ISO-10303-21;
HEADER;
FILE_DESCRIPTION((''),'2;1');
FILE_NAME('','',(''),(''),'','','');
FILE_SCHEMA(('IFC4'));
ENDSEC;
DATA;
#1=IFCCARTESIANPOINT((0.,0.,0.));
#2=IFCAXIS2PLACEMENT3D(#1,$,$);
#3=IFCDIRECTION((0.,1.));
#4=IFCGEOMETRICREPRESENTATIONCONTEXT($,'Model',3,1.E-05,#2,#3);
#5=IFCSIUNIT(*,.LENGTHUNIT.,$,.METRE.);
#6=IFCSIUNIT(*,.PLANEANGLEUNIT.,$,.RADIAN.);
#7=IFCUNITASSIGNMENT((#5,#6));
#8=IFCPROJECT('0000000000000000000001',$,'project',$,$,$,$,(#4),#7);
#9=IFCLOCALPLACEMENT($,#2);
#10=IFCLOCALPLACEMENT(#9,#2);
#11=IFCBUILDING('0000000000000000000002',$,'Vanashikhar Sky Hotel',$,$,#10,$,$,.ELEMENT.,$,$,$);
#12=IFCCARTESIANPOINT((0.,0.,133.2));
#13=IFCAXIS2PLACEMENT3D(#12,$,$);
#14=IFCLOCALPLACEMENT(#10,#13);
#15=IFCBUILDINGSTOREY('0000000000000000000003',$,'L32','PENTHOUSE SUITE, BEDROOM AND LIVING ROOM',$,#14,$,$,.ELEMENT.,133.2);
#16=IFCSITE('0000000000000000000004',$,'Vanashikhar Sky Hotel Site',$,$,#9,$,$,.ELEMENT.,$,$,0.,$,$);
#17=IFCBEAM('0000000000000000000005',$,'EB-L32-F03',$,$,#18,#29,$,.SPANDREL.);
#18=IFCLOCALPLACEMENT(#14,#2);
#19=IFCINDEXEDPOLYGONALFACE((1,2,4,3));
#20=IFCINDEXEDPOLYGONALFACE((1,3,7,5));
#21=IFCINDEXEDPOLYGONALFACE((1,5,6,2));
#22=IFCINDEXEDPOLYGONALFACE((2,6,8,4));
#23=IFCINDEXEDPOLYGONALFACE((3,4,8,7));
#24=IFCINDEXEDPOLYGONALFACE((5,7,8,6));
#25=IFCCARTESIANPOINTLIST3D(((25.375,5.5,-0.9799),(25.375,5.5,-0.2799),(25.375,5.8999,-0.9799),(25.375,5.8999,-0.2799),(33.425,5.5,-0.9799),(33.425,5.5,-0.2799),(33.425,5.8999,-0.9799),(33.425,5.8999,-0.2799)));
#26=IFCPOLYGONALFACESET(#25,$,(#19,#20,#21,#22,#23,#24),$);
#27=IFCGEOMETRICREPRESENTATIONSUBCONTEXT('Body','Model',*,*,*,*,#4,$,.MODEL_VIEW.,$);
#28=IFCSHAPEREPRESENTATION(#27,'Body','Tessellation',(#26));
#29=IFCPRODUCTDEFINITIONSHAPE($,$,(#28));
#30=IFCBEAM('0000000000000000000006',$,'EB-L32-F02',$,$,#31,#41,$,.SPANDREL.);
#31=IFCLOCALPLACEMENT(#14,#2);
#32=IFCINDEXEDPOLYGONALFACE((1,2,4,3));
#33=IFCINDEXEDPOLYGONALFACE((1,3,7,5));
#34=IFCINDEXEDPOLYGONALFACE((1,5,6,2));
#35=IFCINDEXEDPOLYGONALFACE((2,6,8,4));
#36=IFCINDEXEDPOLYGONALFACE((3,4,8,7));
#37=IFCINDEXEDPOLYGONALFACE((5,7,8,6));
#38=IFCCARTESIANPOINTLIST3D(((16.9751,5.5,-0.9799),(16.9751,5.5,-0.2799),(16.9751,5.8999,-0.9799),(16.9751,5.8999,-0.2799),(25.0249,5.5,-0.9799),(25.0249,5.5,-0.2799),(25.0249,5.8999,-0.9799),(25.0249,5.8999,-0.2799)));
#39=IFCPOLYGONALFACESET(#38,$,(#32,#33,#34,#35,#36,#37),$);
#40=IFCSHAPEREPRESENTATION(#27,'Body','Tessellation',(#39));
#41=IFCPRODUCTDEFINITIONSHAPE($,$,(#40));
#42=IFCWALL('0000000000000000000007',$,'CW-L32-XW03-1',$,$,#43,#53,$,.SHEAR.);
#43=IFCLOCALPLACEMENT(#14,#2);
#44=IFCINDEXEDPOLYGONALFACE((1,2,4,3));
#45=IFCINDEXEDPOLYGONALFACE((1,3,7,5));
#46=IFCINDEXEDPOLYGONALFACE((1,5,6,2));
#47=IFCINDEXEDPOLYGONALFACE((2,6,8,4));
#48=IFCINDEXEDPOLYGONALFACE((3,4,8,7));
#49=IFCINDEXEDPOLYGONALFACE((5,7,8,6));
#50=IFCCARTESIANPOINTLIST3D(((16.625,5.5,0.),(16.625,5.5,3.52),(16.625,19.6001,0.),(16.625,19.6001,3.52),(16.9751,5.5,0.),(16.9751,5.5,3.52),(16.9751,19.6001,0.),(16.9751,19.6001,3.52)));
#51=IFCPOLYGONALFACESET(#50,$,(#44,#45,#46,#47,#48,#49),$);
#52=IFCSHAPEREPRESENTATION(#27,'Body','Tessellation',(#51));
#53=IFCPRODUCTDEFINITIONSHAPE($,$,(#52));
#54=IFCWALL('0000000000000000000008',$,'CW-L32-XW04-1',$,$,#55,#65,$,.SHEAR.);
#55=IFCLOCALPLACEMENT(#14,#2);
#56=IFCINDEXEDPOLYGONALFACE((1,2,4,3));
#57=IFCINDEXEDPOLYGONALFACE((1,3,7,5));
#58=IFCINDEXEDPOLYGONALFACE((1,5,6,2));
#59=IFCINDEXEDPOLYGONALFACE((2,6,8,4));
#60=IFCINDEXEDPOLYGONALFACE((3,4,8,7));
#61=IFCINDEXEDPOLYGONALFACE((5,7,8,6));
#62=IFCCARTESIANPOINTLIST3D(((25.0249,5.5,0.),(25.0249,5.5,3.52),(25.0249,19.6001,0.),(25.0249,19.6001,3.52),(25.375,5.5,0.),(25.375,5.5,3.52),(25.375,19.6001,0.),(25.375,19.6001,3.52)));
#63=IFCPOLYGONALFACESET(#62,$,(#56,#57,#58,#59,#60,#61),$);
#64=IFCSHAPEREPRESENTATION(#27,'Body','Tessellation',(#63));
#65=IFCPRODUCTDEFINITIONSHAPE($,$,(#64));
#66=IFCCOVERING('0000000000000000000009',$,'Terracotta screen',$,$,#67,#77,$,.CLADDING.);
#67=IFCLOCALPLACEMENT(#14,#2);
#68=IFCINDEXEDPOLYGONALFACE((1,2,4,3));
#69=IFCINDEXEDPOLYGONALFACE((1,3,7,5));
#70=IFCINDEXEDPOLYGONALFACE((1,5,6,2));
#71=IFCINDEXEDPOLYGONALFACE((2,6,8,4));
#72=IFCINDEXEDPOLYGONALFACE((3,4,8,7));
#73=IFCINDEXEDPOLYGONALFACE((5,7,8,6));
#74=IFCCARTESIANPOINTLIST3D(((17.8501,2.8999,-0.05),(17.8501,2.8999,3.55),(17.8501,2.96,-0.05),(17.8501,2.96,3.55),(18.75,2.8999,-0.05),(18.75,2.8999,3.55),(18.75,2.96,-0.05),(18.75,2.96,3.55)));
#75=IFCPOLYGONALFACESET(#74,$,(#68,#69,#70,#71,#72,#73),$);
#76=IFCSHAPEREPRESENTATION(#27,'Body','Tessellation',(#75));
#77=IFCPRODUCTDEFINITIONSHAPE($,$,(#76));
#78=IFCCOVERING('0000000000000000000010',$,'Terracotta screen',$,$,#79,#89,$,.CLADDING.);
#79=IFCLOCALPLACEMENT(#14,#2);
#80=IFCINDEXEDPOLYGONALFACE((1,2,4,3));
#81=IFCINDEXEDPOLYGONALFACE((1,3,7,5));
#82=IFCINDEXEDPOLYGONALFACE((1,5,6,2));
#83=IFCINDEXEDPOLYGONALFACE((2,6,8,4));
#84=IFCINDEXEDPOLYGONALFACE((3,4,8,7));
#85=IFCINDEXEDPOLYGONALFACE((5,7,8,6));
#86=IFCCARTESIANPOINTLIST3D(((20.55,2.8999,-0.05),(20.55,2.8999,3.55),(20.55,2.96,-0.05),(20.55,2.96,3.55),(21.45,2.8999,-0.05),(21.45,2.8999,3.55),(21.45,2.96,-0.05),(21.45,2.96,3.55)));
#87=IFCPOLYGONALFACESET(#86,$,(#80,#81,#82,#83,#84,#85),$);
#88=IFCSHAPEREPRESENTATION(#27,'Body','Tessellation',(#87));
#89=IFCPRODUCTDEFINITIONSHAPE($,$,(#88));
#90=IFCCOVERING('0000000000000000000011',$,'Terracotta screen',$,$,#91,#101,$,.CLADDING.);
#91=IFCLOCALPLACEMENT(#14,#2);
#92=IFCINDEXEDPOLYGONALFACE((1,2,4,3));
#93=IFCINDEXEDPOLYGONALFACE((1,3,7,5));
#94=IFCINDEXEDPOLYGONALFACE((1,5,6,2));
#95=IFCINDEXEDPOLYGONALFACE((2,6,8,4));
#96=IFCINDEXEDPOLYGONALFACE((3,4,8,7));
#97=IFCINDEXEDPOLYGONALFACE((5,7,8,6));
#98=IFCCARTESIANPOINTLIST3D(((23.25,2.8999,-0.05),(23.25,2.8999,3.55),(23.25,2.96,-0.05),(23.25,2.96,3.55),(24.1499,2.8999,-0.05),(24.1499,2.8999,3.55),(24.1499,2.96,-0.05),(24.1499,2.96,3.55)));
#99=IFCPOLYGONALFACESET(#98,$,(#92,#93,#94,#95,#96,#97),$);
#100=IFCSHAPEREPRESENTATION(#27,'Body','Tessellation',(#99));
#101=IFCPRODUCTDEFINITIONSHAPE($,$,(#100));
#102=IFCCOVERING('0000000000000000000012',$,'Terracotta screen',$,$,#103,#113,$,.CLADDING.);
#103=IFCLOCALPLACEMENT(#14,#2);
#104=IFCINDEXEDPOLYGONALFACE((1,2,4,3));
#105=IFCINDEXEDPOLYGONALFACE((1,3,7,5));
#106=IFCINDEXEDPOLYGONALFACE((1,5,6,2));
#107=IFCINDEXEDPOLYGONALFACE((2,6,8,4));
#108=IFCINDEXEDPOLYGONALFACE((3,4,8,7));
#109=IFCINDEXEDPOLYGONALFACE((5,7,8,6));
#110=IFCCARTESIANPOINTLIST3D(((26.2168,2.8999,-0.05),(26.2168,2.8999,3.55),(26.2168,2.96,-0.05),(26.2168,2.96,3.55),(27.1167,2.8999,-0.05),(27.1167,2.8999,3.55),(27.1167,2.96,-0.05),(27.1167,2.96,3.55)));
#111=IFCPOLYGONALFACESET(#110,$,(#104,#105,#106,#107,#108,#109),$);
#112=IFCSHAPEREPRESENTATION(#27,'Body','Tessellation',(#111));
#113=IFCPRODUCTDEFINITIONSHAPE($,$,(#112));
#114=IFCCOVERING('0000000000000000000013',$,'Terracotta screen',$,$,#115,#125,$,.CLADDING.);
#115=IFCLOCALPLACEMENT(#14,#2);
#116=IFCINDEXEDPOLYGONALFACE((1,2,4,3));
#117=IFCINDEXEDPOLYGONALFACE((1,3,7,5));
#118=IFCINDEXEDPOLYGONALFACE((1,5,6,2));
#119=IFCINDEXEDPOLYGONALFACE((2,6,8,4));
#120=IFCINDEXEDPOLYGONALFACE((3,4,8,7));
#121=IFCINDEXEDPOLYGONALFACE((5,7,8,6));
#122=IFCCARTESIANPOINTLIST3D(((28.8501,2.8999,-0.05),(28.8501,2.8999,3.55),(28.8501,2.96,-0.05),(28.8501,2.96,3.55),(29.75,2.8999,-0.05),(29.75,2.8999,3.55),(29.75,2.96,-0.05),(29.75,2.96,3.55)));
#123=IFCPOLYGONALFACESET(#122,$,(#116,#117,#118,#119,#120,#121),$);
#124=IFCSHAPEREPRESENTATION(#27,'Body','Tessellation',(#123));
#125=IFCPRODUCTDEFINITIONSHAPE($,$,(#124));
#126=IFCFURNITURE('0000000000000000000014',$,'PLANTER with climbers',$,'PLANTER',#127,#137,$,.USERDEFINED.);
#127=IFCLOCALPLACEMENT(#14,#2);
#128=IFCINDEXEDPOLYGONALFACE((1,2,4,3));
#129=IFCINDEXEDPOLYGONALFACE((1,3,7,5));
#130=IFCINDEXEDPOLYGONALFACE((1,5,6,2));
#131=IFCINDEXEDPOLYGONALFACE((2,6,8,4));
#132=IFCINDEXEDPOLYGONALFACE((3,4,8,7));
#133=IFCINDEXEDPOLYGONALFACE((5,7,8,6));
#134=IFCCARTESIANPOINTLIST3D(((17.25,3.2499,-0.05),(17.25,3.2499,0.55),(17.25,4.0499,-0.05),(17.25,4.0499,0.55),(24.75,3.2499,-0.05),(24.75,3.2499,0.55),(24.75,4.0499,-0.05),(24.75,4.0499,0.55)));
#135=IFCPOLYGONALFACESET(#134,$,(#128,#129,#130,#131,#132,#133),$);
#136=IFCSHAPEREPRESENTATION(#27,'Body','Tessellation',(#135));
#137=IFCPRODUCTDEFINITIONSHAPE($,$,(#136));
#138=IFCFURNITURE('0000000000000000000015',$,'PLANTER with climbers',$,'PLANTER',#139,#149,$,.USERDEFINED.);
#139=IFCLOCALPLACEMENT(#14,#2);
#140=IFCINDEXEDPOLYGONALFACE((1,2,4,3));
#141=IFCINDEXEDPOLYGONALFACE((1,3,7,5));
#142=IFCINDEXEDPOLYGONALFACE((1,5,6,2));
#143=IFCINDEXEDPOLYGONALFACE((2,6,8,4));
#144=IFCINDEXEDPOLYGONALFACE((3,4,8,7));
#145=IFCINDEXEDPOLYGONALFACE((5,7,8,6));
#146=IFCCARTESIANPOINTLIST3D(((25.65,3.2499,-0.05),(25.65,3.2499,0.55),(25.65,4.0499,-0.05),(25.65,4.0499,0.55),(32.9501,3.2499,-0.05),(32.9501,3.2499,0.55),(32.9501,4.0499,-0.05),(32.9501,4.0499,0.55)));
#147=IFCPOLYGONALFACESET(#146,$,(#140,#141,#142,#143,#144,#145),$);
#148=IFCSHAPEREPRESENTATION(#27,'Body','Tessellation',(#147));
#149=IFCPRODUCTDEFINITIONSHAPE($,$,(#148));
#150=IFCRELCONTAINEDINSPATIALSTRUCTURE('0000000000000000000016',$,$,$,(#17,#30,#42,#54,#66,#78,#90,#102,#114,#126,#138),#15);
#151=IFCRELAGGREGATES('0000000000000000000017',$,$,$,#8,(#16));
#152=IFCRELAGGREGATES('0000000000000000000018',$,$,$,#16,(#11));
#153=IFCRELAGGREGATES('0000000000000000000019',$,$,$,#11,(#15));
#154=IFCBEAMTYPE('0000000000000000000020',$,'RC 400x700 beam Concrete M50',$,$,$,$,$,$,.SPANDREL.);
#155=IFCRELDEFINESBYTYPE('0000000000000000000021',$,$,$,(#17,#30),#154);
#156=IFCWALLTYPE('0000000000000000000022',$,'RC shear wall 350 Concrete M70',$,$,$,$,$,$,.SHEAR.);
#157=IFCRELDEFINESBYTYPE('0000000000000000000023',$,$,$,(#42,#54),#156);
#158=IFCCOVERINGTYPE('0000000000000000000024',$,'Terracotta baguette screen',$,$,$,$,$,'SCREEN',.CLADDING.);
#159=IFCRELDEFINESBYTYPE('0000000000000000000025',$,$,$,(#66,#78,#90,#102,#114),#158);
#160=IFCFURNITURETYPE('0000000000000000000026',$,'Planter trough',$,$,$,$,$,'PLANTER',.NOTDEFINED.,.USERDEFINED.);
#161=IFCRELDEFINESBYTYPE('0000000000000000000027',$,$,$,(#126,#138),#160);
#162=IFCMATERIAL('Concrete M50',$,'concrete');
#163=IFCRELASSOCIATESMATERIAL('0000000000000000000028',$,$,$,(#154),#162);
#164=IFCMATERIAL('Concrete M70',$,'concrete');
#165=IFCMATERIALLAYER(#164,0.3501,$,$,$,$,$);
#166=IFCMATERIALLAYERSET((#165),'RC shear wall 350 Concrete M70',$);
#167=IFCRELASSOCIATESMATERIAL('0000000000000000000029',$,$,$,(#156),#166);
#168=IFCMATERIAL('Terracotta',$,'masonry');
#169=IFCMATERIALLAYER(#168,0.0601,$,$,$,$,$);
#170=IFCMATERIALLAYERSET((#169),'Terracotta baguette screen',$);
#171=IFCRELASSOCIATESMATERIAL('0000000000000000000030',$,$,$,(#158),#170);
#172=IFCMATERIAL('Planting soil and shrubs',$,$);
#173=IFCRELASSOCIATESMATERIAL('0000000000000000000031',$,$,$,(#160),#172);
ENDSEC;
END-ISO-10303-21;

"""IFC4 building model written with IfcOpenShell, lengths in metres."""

from ifc_helpers import new_model, si_unit, direction, frame, frame_2d, origin, origin_2d, place, context, subcontext, project, spatial, rectangle, extrude, source, transform, mapped, material, layer, layer_set, material_profile, profile_set, type_object, element, save


model = new_model("IFC4")

# Units and contexts
model_context = context("Model", 3, precision=1e-05, world=origin(), true_north=direction((0.0, 1.0)))
body_context = subcontext(model_context, "Body", "Model", "MODEL_VIEW")
ifc_project = project(units=[si_unit("LENGTHUNIT", "METRE"), si_unit("PLANEANGLEUNIT", "RADIAN")], contexts=[model_context])

# Site, building, storey
site_placement = place(None, origin())
site = spatial("IfcSite", under=ifc_project, at=site_placement, Name="Vanashikhar Sky Hotel Site", CompositionType="ELEMENT", RefElevation=0.0)
building_placement = place(site_placement, origin())
building = spatial("IfcBuilding", under=site, at=building_placement, Name="Vanashikhar Sky Hotel", CompositionType="ELEMENT")
storey_placement = place(building_placement, frame((0.0, 0.0, 133.2)))
storey = spatial("IfcBuildingStorey", under=building, at=storey_placement, Name="L32", Description="PENTHOUSE SUITE, BEDROOM AND LIVING ROOM", CompositionType="ELEMENT", Elevation=133.2)

# Beams
ifc_material_1 = material(Name="Concrete M50", Category="concrete")
ifc_material_profile = material_profile(ifc_material_1, rectangle(XDim=0.3999, YDim=0.7, at=origin_2d()))
ifc_profile_set = profile_set([ifc_material_profile], Name="RC 400x700 beam Concrete M50")
beam_type = type_object("IfcBeamType", Name="RC 400x700 beam Concrete M50", PredefinedType="SPANDREL", material=ifc_profile_set)
shared_shape_1 = source(origin(), body_context, "Body", "SweptSolid", [
    extrude(rectangle(XDim=0.3999, YDim=0.7, at=origin_2d()), origin(), (0.0, 0.0, 1.0), 8.05),
])
beam_1_placement = place(storey_placement, frame((25.375, 5.7, -0.6299), z_axis=(1.0, 0.0, 0.0), x_axis=(0.0, 1.0, 0.0)))
element("IfcBeam", 1, at=beam_1_placement, inside=storey, type_object=beam_type, Name="EB-L32-F03", PredefinedType="SPANDREL", context=body_context, shape_type="MappedRepresentation", body=[
    mapped(shared_shape_1, transform((0.0, 0.0, 0.0), scale=1.0)),
])
shared_shape_2 = source(origin(), body_context, "Body", "SweptSolid", [
    extrude(rectangle(XDim=0.3999, YDim=0.7, at=origin_2d()), origin(), (0.0, 0.0, 1.0), 8.0498),
])
beam_2_placement = place(storey_placement, frame((16.9751, 5.7, -0.6299), z_axis=(1.0, 0.0, 0.0), x_axis=(0.0, 1.0, 0.0)))
element("IfcBeam", 2, at=beam_2_placement, inside=storey, type_object=beam_type, Name="EB-L32-F02", PredefinedType="SPANDREL", context=body_context, shape_type="MappedRepresentation", body=[
    mapped(shared_shape_2, transform((0.0, 0.0, 0.0), scale=1.0)),
])

# Walls
ifc_material_2 = material(Name="Concrete M70", Category="concrete")
ifc_layer_1 = layer(ifc_material_2, 0.3501)
ifc_layer_set_1 = layer_set([ifc_layer_1], Name="RC shear wall 350 Concrete M70")
wall_type_1 = type_object("IfcWallType", Name="RC shear wall 350 Concrete M70", PredefinedType="SHEAR", material=ifc_layer_set_1)
shared_shape_3 = source(origin(), body_context, "Body", "SweptSolid", [
    extrude(rectangle(XDim=14.1001, YDim=0.3501, at=frame_2d((7.05, 0.0))), origin(), (0.0, 0.0, 1.0), 3.52),
])
for number, where, z_axis, x_axis, name in (
    (3, (16.8, 5.5, 0.0), (0.0, 0.0, 1.0), (0.0, 1.0, 0.0), "CW-L32-XW03-1"),
    (4, (25.2, 5.5, 0.0), (0.0, 0.0, 1.0), (0.0, 1.0, 0.0), "CW-L32-XW04-1"),
):
    element("IfcWall", number, at=place(storey_placement, frame(where, z_axis=z_axis, x_axis=x_axis)), inside=storey, type_object=wall_type_1, Name=name, PredefinedType="SHEAR", context=body_context, shape_type="MappedRepresentation", body=[
        mapped(shared_shape_3, transform((0.0, 0.0, 0.0), scale=1.0)),
    ])

# Coverings
ifc_material_3 = material(Name="Terracotta", Category="masonry")
ifc_layer_2 = layer(ifc_material_3, 0.0601)
ifc_layer_set_2 = layer_set([ifc_layer_2], Name="Terracotta baguette screen")
covering_type = type_object("IfcCoveringType", Name="Terracotta baguette screen", ElementType="SCREEN", PredefinedType="CLADDING", material=ifc_layer_set_2)
shared_shape_4 = source(origin(), body_context, "Body", "SweptSolid", [
    extrude(rectangle(XDim=0.8999, YDim=0.0601, at=origin_2d()), origin(), (0.0, 0.0, 1.0), 3.6001),
])
for number, where, z_axis, x_axis, name in (
    (5, (18.3, 2.9299, -0.05), (0.0, 0.0, 1.0), (1.0, 0.0, 0.0), "Terracotta screen"),
    (6, (21.0, 2.9299, -0.05), (0.0, 0.0, 1.0), (1.0, 0.0, 0.0), "Terracotta screen"),
    (7, (23.7, 2.9299, -0.05), (0.0, 0.0, 1.0), (1.0, 0.0, 0.0), "Terracotta screen"),
    (8, (26.6667, 2.9299, -0.05), (0.0, 0.0, 1.0), (1.0, 0.0, 0.0), "Terracotta screen"),
    (9, (29.3, 2.9299, -0.05), (0.0, 0.0, 1.0), (1.0, 0.0, 0.0), "Terracotta screen"),
):
    element("IfcCovering", number, at=place(storey_placement, frame(where, z_axis=z_axis, x_axis=x_axis)), inside=storey, type_object=covering_type, Name=name, PredefinedType="CLADDING", context=body_context, shape_type="MappedRepresentation", body=[
        mapped(shared_shape_4, transform((0.0, 0.0, 0.0), scale=1.0)),
    ])

# Furniture
ifc_material_4 = material(Name="Planting soil and shrubs")
furniture_type = type_object("IfcFurnitureType", Name="Planter trough", ElementType="PLANTER", AssemblyPlace="NOTDEFINED", PredefinedType="USERDEFINED", material=ifc_material_4)
shared_shape_5 = source(origin(), body_context, "Body", "SweptSolid", [
    extrude(rectangle(XDim=7.5, YDim=0.8, at=origin_2d()), origin(), (0.0, 0.0, 1.0), 0.6001),
])
furniture_1_placement = place(storey_placement, frame((21.0, 3.6499, -0.05), z_axis=(0.0, 0.0, 1.0), x_axis=(1.0, 0.0, 0.0)))
element("IfcFurniture", 10, at=furniture_1_placement, inside=storey, type_object=furniture_type, Name="PLANTER with climbers", ObjectType="PLANTER", PredefinedType="USERDEFINED", context=body_context, shape_type="MappedRepresentation", body=[
    mapped(shared_shape_5, transform((0.0, 0.0, 0.0), scale=1.0)),
])
shared_shape_6 = source(origin(), body_context, "Body", "SweptSolid", [
    extrude(rectangle(XDim=7.3, YDim=0.8, at=origin_2d()), origin(), (0.0, 0.0, 1.0), 0.6001),
])
furniture_2_placement = place(storey_placement, frame((29.3, 3.6499, -0.05), z_axis=(0.0, 0.0, 1.0), x_axis=(1.0, 0.0, 0.0)))
element("IfcFurniture", 11, at=furniture_2_placement, inside=storey, type_object=furniture_type, Name="PLANTER with climbers", ObjectType="PLANTER", PredefinedType="USERDEFINED", context=body_context, shape_type="MappedRepresentation", body=[
    mapped(shared_shape_6, transform((0.0, 0.0, 0.0), scale=1.0)),
])

save(model, "model.ifc")
